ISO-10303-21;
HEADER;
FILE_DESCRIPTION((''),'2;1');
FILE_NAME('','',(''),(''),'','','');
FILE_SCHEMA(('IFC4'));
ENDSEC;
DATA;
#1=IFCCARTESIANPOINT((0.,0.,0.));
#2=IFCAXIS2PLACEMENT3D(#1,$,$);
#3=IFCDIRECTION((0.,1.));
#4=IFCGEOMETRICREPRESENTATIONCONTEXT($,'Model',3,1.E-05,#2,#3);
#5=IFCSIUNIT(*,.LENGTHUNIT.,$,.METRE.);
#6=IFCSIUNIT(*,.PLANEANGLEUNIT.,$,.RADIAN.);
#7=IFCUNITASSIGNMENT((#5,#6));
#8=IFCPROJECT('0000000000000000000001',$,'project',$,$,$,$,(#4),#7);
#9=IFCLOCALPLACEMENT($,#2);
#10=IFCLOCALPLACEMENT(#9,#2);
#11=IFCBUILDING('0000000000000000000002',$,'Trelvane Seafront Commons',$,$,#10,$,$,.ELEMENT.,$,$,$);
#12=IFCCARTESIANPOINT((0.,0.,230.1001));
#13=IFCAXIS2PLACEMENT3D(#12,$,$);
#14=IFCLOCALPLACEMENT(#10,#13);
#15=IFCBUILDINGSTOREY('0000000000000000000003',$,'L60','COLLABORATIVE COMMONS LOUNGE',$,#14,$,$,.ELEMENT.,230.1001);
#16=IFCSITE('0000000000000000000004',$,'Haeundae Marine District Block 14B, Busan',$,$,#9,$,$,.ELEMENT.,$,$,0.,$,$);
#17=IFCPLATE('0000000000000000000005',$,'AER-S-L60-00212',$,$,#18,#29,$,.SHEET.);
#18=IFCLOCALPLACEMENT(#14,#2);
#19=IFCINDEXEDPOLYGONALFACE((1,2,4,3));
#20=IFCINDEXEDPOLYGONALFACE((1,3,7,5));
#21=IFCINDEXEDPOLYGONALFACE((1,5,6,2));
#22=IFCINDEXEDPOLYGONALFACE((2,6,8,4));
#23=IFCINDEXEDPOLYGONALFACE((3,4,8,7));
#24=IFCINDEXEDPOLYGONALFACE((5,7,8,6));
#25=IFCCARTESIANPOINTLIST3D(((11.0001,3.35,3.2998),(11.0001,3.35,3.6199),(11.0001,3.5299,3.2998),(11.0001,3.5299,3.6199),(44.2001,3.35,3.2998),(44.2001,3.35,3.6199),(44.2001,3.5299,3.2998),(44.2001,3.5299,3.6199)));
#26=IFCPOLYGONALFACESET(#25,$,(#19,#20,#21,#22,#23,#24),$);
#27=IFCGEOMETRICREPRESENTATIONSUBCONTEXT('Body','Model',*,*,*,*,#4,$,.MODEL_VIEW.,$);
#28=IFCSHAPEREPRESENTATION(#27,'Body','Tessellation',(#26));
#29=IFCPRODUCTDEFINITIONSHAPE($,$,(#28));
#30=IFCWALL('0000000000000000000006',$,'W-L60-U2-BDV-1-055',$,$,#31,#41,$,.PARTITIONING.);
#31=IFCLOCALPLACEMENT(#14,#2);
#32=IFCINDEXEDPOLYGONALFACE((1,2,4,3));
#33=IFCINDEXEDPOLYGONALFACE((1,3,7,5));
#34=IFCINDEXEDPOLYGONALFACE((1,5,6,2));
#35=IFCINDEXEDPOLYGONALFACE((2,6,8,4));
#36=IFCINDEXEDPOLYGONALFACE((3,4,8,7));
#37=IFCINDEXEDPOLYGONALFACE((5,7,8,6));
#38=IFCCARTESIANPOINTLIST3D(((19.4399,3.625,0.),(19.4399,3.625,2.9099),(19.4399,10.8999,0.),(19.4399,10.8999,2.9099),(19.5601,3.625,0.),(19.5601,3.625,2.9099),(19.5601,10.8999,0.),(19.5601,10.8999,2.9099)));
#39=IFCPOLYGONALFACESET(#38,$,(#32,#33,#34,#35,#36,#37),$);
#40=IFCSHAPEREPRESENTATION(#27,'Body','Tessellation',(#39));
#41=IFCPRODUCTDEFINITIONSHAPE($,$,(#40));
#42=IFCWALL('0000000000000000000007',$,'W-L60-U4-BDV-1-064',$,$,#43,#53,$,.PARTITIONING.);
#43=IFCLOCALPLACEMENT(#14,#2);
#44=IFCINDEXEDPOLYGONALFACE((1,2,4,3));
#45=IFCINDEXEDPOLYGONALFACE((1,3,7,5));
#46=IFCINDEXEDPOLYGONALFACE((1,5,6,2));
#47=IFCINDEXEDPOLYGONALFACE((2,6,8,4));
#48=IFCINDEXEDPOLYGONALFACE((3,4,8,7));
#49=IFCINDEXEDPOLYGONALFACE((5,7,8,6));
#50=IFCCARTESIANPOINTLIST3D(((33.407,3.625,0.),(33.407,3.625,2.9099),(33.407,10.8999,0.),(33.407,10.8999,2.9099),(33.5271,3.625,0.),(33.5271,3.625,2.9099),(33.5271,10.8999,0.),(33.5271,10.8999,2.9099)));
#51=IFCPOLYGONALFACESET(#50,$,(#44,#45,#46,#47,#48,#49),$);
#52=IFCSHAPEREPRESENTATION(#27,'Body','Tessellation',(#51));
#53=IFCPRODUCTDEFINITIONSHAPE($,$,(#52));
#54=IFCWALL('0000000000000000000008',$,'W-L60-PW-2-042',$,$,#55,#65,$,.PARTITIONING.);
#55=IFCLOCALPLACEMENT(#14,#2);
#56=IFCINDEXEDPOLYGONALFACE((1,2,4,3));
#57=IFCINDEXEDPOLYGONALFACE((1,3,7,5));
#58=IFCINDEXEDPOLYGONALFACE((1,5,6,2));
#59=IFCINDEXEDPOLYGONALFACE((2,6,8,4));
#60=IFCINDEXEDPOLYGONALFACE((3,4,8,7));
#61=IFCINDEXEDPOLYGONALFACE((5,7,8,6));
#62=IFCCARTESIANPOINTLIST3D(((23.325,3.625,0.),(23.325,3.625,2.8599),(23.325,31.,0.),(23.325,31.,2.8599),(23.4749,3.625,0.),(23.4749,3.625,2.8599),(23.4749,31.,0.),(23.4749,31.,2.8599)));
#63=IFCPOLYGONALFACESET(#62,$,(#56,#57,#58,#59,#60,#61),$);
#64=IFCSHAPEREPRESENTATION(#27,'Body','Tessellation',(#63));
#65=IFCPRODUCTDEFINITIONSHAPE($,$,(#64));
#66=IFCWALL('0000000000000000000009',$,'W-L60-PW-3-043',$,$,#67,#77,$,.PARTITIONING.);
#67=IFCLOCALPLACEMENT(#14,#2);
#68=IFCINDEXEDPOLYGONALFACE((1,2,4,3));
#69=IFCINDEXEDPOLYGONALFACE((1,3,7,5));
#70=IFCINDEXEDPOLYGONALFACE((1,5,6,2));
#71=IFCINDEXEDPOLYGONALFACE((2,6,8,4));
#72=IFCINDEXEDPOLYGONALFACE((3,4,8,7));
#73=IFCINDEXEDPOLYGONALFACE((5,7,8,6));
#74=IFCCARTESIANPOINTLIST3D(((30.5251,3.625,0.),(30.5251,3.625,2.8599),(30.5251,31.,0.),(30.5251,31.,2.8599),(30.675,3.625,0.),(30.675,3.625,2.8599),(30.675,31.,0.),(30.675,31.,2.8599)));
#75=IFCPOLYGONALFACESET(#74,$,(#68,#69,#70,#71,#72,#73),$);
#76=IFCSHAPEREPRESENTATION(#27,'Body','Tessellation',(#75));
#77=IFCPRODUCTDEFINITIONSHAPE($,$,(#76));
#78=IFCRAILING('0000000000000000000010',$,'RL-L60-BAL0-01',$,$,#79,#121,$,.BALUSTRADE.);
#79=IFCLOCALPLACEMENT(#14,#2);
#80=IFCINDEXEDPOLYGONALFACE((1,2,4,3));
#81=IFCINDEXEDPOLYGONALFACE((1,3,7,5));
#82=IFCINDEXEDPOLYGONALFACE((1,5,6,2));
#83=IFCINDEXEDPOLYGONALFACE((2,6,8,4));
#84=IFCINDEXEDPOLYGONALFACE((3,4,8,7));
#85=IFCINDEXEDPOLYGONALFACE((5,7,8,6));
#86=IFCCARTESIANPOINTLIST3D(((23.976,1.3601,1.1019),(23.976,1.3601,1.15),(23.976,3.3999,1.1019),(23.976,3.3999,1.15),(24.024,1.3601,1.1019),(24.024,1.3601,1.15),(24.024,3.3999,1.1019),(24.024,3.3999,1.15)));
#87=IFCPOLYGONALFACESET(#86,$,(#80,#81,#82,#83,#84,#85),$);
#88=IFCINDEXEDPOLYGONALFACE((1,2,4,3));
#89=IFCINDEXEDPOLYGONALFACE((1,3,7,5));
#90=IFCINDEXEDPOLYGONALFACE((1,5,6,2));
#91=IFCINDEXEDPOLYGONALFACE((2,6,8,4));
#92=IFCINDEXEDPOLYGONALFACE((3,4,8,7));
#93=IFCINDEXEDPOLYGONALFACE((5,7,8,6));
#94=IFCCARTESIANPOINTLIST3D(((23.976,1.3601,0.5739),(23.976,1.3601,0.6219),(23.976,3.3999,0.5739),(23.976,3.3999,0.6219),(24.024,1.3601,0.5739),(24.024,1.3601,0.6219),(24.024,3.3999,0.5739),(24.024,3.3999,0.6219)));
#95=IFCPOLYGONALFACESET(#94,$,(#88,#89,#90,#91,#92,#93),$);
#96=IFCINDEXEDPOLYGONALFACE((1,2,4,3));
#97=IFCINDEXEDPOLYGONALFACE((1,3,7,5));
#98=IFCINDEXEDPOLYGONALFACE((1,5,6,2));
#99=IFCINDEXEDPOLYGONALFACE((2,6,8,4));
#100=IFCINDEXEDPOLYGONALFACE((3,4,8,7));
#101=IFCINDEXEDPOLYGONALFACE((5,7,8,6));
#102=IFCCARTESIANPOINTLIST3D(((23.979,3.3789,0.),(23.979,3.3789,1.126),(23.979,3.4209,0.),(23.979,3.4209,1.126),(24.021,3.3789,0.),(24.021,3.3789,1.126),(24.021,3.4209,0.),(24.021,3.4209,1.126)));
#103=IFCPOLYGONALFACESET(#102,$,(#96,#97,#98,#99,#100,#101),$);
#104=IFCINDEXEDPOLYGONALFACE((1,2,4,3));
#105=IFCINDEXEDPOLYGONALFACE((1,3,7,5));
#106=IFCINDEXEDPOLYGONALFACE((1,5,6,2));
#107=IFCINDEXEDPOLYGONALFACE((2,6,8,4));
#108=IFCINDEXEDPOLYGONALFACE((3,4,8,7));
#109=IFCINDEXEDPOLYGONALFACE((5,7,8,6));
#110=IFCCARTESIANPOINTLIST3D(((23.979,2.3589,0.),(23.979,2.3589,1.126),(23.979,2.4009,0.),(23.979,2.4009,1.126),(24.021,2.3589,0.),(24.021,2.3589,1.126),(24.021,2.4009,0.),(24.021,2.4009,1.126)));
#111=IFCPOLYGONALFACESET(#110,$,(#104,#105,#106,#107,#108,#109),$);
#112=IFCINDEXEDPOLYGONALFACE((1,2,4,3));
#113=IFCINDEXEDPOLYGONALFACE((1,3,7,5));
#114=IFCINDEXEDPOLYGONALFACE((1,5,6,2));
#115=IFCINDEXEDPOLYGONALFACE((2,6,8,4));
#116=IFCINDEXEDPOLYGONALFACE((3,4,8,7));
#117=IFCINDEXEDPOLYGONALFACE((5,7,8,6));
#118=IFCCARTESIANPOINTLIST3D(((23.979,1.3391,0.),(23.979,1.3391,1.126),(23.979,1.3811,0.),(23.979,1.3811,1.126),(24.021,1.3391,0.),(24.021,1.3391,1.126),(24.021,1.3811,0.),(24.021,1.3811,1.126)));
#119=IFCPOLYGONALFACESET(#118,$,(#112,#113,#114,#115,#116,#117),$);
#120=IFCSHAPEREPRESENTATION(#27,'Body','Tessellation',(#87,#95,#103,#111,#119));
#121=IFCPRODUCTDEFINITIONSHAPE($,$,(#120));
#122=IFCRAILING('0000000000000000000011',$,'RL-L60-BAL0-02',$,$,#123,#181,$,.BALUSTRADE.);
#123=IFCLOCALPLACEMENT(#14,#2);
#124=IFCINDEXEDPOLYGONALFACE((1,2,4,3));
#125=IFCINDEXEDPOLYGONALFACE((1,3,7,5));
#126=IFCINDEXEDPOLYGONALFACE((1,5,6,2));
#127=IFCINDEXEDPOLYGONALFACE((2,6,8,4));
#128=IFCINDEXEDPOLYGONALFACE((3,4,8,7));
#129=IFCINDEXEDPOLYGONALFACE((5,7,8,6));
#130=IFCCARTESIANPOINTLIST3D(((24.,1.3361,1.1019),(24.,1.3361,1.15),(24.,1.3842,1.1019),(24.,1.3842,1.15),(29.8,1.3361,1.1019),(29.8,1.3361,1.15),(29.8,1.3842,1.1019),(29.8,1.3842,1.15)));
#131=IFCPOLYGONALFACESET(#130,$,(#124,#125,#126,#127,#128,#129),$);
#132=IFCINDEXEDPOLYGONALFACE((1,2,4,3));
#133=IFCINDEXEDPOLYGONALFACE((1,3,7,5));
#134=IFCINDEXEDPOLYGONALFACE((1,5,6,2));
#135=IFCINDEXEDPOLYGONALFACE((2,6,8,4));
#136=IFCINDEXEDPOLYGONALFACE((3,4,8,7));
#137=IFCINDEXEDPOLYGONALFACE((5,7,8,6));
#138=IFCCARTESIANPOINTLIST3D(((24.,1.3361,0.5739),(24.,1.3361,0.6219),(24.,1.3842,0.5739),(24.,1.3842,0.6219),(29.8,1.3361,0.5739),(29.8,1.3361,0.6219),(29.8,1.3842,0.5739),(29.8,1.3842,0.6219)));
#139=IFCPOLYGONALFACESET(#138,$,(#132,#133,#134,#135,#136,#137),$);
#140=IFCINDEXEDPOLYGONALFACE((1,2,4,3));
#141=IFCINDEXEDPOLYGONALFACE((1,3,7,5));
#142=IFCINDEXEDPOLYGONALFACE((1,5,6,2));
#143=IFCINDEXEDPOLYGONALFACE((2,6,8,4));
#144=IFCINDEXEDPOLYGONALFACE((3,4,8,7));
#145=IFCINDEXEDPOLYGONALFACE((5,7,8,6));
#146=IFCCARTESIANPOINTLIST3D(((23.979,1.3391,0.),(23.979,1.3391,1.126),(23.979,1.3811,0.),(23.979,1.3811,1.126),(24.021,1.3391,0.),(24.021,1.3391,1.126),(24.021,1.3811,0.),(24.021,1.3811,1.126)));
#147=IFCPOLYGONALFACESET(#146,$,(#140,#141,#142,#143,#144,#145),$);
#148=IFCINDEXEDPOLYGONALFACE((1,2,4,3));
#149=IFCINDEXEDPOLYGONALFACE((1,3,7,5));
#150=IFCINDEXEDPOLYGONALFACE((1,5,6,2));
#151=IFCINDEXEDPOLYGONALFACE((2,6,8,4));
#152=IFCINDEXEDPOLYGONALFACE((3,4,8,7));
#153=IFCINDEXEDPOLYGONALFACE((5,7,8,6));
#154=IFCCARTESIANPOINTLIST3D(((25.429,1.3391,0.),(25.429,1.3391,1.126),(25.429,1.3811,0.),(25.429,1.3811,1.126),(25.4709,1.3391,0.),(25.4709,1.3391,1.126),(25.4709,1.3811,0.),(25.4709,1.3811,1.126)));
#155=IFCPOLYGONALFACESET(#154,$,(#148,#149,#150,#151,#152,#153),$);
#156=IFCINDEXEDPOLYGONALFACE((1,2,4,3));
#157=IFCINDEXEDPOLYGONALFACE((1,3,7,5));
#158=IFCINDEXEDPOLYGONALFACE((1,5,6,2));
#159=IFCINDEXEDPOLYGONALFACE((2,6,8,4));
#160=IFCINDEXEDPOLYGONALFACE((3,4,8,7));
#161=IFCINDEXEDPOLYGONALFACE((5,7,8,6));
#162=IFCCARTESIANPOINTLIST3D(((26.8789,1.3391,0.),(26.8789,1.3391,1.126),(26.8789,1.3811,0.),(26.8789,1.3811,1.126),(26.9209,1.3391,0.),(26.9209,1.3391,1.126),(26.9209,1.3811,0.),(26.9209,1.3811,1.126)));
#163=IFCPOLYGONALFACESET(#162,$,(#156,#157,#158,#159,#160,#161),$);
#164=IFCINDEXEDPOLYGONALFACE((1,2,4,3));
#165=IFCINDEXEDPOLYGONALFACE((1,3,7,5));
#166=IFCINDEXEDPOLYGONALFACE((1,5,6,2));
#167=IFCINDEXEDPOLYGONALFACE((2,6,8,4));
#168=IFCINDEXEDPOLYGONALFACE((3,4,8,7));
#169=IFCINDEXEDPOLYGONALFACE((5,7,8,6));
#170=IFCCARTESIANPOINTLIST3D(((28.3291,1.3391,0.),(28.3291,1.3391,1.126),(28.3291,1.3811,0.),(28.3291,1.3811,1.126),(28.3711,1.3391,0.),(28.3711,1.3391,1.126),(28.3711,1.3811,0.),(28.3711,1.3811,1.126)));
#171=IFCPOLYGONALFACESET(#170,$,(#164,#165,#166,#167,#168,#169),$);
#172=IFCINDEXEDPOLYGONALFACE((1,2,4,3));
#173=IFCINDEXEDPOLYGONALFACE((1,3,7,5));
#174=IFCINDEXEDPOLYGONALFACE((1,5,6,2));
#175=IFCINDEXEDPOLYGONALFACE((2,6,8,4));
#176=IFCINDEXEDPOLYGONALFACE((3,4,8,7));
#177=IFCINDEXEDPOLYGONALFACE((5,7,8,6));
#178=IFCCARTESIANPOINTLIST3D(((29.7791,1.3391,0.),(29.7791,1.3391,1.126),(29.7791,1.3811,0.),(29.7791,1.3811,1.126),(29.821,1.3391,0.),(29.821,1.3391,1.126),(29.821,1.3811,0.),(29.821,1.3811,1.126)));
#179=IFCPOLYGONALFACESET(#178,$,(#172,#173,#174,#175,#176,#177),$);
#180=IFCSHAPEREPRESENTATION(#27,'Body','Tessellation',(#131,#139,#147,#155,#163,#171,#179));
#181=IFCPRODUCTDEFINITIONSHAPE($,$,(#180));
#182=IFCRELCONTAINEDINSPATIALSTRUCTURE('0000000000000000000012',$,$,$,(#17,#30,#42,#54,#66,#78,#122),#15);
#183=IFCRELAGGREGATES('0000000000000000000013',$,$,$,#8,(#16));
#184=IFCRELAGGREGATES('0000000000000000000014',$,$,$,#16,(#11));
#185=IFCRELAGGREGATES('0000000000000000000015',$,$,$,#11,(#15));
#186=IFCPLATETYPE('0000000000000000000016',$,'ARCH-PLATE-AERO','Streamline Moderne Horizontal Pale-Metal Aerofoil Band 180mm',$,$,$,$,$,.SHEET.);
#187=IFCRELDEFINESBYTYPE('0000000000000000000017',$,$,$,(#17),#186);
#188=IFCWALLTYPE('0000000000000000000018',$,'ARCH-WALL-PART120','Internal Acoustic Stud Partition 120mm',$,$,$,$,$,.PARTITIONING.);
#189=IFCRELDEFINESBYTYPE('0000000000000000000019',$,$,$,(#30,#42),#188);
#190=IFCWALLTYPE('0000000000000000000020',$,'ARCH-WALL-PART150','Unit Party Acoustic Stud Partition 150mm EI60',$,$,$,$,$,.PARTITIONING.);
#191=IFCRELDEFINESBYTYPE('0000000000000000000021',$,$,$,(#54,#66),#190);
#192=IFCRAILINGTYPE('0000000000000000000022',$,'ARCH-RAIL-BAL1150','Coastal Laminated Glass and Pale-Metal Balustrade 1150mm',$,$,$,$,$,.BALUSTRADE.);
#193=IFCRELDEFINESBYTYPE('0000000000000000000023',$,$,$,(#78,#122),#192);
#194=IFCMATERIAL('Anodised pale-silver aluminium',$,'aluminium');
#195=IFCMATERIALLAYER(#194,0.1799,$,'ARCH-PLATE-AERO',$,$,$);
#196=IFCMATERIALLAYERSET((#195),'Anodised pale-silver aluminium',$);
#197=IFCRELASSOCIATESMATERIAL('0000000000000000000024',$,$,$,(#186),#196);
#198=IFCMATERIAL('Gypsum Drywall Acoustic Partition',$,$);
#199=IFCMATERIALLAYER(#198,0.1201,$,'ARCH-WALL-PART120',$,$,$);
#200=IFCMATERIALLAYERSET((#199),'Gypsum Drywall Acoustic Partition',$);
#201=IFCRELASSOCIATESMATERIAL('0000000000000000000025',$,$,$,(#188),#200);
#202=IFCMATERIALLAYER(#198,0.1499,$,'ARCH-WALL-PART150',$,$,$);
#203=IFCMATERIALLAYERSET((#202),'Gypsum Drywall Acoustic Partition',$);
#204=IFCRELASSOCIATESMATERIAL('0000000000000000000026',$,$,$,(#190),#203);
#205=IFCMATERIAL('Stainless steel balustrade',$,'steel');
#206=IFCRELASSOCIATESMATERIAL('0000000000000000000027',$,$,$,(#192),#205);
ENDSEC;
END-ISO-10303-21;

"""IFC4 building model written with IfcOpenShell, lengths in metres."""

from ifc_helpers import new_model, si_unit, direction, frame, frame_2d, origin, origin_2d, place, context, subcontext, project, spatial, rectangle, extrude, source, transform, mapped, material, layer, layer_set, type_object, element, save


model = new_model("IFC4")

# Units and contexts
model_context = context("Model", 3, precision=1e-05, world=origin(), true_north=direction((0.0, 1.0)))
body_context = subcontext(model_context, "Body", "Model", "MODEL_VIEW")
ifc_project = project(units=[si_unit("LENGTHUNIT", "METRE"), si_unit("PLANEANGLEUNIT", "RADIAN")], contexts=[model_context])

# Site, building, storey
site_placement = place(None, origin())
site = spatial("IfcSite", under=ifc_project, at=site_placement, Name="Haeundae Marine District Block 14B, Busan", CompositionType="ELEMENT", RefElevation=0.0)
building_placement = place(site_placement, origin())
building = spatial("IfcBuilding", under=site, at=building_placement, Name="Trelvane Seafront Commons", CompositionType="ELEMENT")
storey_placement = place(building_placement, frame((0.0, 0.0, 230.1001)))
storey = spatial("IfcBuildingStorey", under=building, at=storey_placement, Name="L60", Description="COLLABORATIVE COMMONS LOUNGE", CompositionType="ELEMENT", Elevation=230.1001)

# Plate
ifc_material_1 = material(Name="Anodised pale-silver aluminium", Category="aluminium")
ifc_layer_1 = layer(ifc_material_1, 0.1799, Name="ARCH-PLATE-AERO")
ifc_layer_set_1 = layer_set([ifc_layer_1], Name="Anodised pale-silver aluminium")
plate_type_1 = type_object("IfcPlateType", Name="ARCH-PLATE-AERO", Description="Streamline Moderne Horizontal Pale-Metal Aerofoil Band 180mm", PredefinedType="SHEET", material=ifc_layer_set_1)
shared_shape_1 = source(origin(), body_context, "Body", "SweptSolid", [
    extrude(rectangle(XDim=33.2, YDim=0.1799, at=origin_2d()), origin(), (0.0, 0.0, 1.0), 0.3201),
])
plate_1_placement = place(storey_placement, frame((27.6001, 3.4399, 3.2998), z_axis=(0.0, 0.0, 1.0), x_axis=(-1.0, 0.0, 0.0)))
element("IfcPlate", 1, at=plate_1_placement, inside=storey, type_object=plate_type_1, Name="AER-S-L60-00212", PredefinedType="SHEET", context=body_context, shape_type="MappedRepresentation", body=[
    mapped(shared_shape_1, transform((0.0, 0.0, 0.0), x_axis=(1.0, 0.0, 0.0), y_axis=(0.0, 1.0, 0.0), z_axis=(0.0, 0.0, 1.0), scale=1.0)),
])

# Shared definitions
ifc_material_2 = material(Name="Gypsum Drywall Acoustic Partition")
ifc_layer_2 = layer(ifc_material_2, 0.1201, Name="ARCH-WALL-PART120")
ifc_layer_set_2 = layer_set([ifc_layer_2], Name="Gypsum Drywall Acoustic Partition")
wall_type_1 = type_object("IfcWallType", Name="ARCH-WALL-PART120", Description="Internal Acoustic Stud Partition 120mm", PredefinedType="PARTITIONING", material=ifc_layer_set_2)

# Wall
wall_1_placement = place(storey_placement, frame((19.5, 3.625, 0.0), z_axis=(0.0, 0.0, 1.0), x_axis=(0.0, 1.0, 0.0)))
element("IfcWall", 2, at=wall_1_placement, inside=storey, type_object=wall_type_1, Name="W-L60-U2-BDV-1-055", PredefinedType="PARTITIONING", context=body_context, shape_type="SweptSolid", body=[
    extrude(rectangle(XDim=7.2749, YDim=0.1201, at=frame_2d((3.6375, 0.0))), origin(), (0.0, 0.0, 1.0), 2.9099),
])

# Walls
wall_2_placement = place(storey_placement, frame((33.467, 3.625, 0.0), z_axis=(0.0, 0.0, 1.0), x_axis=(0.0, 1.0, 0.0)))
element("IfcWall", 3, at=wall_2_placement, inside=storey, type_object=wall_type_1, Name="W-L60-U4-BDV-1-064", PredefinedType="PARTITIONING", context=body_context, shape_type="SweptSolid", body=[
    extrude(rectangle(XDim=7.2749, YDim=0.1201, at=frame_2d((3.6375, 0.0))), origin(), (0.0, 0.0, 1.0), 2.9099),
])
ifc_layer_3 = layer(ifc_material_2, 0.1499, Name="ARCH-WALL-PART150")
ifc_layer_set_3 = layer_set([ifc_layer_3], Name="Gypsum Drywall Acoustic Partition")
wall_type_2 = type_object("IfcWallType", Name="ARCH-WALL-PART150", Description="Unit Party Acoustic Stud Partition 150mm EI60", PredefinedType="PARTITIONING", material=ifc_layer_set_3)
for number, where, z_axis, x_axis, name in (
    (4, (23.3999, 3.625, 0.0), (0.0, 0.0, 1.0), (0.0, 1.0, 0.0), "W-L60-PW-2-042"),
    (5, (30.6001, 3.625, 0.0), (0.0, 0.0, 1.0), (0.0, 1.0, 0.0), "W-L60-PW-3-043"),
):
    element("IfcWall", number, at=place(storey_placement, frame(where, z_axis=z_axis, x_axis=x_axis)), inside=storey, type_object=wall_type_2, Name=name, PredefinedType="PARTITIONING", context=body_context, shape_type="SweptSolid", body=[
        extrude(rectangle(XDim=27.375, YDim=0.1499, at=frame_2d((13.6875, 0.0))), origin(), (0.0, 0.0, 1.0), 2.8599),
    ])

# Railings
ifc_material_3 = material(Name="Stainless steel balustrade", Category="steel")
railing_type = type_object("IfcRailingType", Name="ARCH-RAIL-BAL1150", Description="Coastal Laminated Glass and Pale-Metal Balustrade 1150mm", PredefinedType="BALUSTRADE", material=ifc_material_3)
railing_1_placement = place(storey_placement, frame((24.0, 3.3999, 0.0)))
element("IfcRailing", 6, at=railing_1_placement, inside=storey, type_object=railing_type, Name="RL-L60-BAL0-01", PredefinedType="BALUSTRADE", context=body_context, shape_type="SweptSolid", body=[
    extrude(rectangle(XDim=0.0481, YDim=0.0481, at=origin_2d()), frame((0.0, 0.0, 1.126), z_axis=(0.0, -1.0, 0.0), x_axis=(1.0, 0.0, 0.0)), (0.0, 0.0, 1.0), 2.0398),
    extrude(rectangle(XDim=0.0481, YDim=0.0481, at=origin_2d()), frame((0.0, 0.0, 0.5979), z_axis=(0.0, -1.0, 0.0), x_axis=(1.0, 0.0, 0.0)), (0.0, 0.0, 1.0), 2.0398),
    extrude(rectangle(XDim=0.042, YDim=0.042, at=origin_2d()), origin(), (0.0, 0.0, 1.0), 1.126),
    extrude(rectangle(XDim=0.042, YDim=0.042, at=origin_2d()), frame((0.0, -1.02, 0.0)), (0.0, 0.0, 1.0), 1.126),
    extrude(rectangle(XDim=0.042, YDim=0.042, at=origin_2d()), frame((0.0, -2.0398, 0.0)), (0.0, 0.0, 1.0), 1.126),
])
railing_2_placement = place(storey_placement, frame((24.0, 1.3601, 0.0)))
element("IfcRailing", 7, at=railing_2_placement, inside=storey, type_object=railing_type, Name="RL-L60-BAL0-02", PredefinedType="BALUSTRADE", context=body_context, shape_type="SweptSolid", body=[
    extrude(rectangle(XDim=0.0481, YDim=0.0481, at=origin_2d()), frame((0.0, 0.0, 1.126), z_axis=(1.0, 0.0, 0.0), x_axis=(0.0, 1.0, 0.0)), (0.0, 0.0, 1.0), 5.8),
    extrude(rectangle(XDim=0.0481, YDim=0.0481, at=origin_2d()), frame((0.0, 0.0, 0.5979), z_axis=(1.0, 0.0, 0.0), x_axis=(0.0, 1.0, 0.0)), (0.0, 0.0, 1.0), 5.8),
    extrude(rectangle(XDim=0.042, YDim=0.042, at=origin_2d()), origin(), (0.0, 0.0, 1.0), 1.126),
    extrude(rectangle(XDim=0.042, YDim=0.042, at=origin_2d()), frame((1.45, 0.0, 0.0)), (0.0, 0.0, 1.0), 1.126),
    extrude(rectangle(XDim=0.042, YDim=0.042, at=origin_2d()), frame((2.8999, 0.0, 0.0)), (0.0, 0.0, 1.0), 1.126),
    extrude(rectangle(XDim=0.042, YDim=0.042, at=origin_2d()), frame((4.3501, 0.0, 0.0)), (0.0, 0.0, 1.0), 1.126),
    extrude(rectangle(XDim=0.042, YDim=0.042, at=origin_2d()), frame((5.8, 0.0, 0.0)), (0.0, 0.0, 1.0), 1.126),
])

save(model, "model.ifc")
